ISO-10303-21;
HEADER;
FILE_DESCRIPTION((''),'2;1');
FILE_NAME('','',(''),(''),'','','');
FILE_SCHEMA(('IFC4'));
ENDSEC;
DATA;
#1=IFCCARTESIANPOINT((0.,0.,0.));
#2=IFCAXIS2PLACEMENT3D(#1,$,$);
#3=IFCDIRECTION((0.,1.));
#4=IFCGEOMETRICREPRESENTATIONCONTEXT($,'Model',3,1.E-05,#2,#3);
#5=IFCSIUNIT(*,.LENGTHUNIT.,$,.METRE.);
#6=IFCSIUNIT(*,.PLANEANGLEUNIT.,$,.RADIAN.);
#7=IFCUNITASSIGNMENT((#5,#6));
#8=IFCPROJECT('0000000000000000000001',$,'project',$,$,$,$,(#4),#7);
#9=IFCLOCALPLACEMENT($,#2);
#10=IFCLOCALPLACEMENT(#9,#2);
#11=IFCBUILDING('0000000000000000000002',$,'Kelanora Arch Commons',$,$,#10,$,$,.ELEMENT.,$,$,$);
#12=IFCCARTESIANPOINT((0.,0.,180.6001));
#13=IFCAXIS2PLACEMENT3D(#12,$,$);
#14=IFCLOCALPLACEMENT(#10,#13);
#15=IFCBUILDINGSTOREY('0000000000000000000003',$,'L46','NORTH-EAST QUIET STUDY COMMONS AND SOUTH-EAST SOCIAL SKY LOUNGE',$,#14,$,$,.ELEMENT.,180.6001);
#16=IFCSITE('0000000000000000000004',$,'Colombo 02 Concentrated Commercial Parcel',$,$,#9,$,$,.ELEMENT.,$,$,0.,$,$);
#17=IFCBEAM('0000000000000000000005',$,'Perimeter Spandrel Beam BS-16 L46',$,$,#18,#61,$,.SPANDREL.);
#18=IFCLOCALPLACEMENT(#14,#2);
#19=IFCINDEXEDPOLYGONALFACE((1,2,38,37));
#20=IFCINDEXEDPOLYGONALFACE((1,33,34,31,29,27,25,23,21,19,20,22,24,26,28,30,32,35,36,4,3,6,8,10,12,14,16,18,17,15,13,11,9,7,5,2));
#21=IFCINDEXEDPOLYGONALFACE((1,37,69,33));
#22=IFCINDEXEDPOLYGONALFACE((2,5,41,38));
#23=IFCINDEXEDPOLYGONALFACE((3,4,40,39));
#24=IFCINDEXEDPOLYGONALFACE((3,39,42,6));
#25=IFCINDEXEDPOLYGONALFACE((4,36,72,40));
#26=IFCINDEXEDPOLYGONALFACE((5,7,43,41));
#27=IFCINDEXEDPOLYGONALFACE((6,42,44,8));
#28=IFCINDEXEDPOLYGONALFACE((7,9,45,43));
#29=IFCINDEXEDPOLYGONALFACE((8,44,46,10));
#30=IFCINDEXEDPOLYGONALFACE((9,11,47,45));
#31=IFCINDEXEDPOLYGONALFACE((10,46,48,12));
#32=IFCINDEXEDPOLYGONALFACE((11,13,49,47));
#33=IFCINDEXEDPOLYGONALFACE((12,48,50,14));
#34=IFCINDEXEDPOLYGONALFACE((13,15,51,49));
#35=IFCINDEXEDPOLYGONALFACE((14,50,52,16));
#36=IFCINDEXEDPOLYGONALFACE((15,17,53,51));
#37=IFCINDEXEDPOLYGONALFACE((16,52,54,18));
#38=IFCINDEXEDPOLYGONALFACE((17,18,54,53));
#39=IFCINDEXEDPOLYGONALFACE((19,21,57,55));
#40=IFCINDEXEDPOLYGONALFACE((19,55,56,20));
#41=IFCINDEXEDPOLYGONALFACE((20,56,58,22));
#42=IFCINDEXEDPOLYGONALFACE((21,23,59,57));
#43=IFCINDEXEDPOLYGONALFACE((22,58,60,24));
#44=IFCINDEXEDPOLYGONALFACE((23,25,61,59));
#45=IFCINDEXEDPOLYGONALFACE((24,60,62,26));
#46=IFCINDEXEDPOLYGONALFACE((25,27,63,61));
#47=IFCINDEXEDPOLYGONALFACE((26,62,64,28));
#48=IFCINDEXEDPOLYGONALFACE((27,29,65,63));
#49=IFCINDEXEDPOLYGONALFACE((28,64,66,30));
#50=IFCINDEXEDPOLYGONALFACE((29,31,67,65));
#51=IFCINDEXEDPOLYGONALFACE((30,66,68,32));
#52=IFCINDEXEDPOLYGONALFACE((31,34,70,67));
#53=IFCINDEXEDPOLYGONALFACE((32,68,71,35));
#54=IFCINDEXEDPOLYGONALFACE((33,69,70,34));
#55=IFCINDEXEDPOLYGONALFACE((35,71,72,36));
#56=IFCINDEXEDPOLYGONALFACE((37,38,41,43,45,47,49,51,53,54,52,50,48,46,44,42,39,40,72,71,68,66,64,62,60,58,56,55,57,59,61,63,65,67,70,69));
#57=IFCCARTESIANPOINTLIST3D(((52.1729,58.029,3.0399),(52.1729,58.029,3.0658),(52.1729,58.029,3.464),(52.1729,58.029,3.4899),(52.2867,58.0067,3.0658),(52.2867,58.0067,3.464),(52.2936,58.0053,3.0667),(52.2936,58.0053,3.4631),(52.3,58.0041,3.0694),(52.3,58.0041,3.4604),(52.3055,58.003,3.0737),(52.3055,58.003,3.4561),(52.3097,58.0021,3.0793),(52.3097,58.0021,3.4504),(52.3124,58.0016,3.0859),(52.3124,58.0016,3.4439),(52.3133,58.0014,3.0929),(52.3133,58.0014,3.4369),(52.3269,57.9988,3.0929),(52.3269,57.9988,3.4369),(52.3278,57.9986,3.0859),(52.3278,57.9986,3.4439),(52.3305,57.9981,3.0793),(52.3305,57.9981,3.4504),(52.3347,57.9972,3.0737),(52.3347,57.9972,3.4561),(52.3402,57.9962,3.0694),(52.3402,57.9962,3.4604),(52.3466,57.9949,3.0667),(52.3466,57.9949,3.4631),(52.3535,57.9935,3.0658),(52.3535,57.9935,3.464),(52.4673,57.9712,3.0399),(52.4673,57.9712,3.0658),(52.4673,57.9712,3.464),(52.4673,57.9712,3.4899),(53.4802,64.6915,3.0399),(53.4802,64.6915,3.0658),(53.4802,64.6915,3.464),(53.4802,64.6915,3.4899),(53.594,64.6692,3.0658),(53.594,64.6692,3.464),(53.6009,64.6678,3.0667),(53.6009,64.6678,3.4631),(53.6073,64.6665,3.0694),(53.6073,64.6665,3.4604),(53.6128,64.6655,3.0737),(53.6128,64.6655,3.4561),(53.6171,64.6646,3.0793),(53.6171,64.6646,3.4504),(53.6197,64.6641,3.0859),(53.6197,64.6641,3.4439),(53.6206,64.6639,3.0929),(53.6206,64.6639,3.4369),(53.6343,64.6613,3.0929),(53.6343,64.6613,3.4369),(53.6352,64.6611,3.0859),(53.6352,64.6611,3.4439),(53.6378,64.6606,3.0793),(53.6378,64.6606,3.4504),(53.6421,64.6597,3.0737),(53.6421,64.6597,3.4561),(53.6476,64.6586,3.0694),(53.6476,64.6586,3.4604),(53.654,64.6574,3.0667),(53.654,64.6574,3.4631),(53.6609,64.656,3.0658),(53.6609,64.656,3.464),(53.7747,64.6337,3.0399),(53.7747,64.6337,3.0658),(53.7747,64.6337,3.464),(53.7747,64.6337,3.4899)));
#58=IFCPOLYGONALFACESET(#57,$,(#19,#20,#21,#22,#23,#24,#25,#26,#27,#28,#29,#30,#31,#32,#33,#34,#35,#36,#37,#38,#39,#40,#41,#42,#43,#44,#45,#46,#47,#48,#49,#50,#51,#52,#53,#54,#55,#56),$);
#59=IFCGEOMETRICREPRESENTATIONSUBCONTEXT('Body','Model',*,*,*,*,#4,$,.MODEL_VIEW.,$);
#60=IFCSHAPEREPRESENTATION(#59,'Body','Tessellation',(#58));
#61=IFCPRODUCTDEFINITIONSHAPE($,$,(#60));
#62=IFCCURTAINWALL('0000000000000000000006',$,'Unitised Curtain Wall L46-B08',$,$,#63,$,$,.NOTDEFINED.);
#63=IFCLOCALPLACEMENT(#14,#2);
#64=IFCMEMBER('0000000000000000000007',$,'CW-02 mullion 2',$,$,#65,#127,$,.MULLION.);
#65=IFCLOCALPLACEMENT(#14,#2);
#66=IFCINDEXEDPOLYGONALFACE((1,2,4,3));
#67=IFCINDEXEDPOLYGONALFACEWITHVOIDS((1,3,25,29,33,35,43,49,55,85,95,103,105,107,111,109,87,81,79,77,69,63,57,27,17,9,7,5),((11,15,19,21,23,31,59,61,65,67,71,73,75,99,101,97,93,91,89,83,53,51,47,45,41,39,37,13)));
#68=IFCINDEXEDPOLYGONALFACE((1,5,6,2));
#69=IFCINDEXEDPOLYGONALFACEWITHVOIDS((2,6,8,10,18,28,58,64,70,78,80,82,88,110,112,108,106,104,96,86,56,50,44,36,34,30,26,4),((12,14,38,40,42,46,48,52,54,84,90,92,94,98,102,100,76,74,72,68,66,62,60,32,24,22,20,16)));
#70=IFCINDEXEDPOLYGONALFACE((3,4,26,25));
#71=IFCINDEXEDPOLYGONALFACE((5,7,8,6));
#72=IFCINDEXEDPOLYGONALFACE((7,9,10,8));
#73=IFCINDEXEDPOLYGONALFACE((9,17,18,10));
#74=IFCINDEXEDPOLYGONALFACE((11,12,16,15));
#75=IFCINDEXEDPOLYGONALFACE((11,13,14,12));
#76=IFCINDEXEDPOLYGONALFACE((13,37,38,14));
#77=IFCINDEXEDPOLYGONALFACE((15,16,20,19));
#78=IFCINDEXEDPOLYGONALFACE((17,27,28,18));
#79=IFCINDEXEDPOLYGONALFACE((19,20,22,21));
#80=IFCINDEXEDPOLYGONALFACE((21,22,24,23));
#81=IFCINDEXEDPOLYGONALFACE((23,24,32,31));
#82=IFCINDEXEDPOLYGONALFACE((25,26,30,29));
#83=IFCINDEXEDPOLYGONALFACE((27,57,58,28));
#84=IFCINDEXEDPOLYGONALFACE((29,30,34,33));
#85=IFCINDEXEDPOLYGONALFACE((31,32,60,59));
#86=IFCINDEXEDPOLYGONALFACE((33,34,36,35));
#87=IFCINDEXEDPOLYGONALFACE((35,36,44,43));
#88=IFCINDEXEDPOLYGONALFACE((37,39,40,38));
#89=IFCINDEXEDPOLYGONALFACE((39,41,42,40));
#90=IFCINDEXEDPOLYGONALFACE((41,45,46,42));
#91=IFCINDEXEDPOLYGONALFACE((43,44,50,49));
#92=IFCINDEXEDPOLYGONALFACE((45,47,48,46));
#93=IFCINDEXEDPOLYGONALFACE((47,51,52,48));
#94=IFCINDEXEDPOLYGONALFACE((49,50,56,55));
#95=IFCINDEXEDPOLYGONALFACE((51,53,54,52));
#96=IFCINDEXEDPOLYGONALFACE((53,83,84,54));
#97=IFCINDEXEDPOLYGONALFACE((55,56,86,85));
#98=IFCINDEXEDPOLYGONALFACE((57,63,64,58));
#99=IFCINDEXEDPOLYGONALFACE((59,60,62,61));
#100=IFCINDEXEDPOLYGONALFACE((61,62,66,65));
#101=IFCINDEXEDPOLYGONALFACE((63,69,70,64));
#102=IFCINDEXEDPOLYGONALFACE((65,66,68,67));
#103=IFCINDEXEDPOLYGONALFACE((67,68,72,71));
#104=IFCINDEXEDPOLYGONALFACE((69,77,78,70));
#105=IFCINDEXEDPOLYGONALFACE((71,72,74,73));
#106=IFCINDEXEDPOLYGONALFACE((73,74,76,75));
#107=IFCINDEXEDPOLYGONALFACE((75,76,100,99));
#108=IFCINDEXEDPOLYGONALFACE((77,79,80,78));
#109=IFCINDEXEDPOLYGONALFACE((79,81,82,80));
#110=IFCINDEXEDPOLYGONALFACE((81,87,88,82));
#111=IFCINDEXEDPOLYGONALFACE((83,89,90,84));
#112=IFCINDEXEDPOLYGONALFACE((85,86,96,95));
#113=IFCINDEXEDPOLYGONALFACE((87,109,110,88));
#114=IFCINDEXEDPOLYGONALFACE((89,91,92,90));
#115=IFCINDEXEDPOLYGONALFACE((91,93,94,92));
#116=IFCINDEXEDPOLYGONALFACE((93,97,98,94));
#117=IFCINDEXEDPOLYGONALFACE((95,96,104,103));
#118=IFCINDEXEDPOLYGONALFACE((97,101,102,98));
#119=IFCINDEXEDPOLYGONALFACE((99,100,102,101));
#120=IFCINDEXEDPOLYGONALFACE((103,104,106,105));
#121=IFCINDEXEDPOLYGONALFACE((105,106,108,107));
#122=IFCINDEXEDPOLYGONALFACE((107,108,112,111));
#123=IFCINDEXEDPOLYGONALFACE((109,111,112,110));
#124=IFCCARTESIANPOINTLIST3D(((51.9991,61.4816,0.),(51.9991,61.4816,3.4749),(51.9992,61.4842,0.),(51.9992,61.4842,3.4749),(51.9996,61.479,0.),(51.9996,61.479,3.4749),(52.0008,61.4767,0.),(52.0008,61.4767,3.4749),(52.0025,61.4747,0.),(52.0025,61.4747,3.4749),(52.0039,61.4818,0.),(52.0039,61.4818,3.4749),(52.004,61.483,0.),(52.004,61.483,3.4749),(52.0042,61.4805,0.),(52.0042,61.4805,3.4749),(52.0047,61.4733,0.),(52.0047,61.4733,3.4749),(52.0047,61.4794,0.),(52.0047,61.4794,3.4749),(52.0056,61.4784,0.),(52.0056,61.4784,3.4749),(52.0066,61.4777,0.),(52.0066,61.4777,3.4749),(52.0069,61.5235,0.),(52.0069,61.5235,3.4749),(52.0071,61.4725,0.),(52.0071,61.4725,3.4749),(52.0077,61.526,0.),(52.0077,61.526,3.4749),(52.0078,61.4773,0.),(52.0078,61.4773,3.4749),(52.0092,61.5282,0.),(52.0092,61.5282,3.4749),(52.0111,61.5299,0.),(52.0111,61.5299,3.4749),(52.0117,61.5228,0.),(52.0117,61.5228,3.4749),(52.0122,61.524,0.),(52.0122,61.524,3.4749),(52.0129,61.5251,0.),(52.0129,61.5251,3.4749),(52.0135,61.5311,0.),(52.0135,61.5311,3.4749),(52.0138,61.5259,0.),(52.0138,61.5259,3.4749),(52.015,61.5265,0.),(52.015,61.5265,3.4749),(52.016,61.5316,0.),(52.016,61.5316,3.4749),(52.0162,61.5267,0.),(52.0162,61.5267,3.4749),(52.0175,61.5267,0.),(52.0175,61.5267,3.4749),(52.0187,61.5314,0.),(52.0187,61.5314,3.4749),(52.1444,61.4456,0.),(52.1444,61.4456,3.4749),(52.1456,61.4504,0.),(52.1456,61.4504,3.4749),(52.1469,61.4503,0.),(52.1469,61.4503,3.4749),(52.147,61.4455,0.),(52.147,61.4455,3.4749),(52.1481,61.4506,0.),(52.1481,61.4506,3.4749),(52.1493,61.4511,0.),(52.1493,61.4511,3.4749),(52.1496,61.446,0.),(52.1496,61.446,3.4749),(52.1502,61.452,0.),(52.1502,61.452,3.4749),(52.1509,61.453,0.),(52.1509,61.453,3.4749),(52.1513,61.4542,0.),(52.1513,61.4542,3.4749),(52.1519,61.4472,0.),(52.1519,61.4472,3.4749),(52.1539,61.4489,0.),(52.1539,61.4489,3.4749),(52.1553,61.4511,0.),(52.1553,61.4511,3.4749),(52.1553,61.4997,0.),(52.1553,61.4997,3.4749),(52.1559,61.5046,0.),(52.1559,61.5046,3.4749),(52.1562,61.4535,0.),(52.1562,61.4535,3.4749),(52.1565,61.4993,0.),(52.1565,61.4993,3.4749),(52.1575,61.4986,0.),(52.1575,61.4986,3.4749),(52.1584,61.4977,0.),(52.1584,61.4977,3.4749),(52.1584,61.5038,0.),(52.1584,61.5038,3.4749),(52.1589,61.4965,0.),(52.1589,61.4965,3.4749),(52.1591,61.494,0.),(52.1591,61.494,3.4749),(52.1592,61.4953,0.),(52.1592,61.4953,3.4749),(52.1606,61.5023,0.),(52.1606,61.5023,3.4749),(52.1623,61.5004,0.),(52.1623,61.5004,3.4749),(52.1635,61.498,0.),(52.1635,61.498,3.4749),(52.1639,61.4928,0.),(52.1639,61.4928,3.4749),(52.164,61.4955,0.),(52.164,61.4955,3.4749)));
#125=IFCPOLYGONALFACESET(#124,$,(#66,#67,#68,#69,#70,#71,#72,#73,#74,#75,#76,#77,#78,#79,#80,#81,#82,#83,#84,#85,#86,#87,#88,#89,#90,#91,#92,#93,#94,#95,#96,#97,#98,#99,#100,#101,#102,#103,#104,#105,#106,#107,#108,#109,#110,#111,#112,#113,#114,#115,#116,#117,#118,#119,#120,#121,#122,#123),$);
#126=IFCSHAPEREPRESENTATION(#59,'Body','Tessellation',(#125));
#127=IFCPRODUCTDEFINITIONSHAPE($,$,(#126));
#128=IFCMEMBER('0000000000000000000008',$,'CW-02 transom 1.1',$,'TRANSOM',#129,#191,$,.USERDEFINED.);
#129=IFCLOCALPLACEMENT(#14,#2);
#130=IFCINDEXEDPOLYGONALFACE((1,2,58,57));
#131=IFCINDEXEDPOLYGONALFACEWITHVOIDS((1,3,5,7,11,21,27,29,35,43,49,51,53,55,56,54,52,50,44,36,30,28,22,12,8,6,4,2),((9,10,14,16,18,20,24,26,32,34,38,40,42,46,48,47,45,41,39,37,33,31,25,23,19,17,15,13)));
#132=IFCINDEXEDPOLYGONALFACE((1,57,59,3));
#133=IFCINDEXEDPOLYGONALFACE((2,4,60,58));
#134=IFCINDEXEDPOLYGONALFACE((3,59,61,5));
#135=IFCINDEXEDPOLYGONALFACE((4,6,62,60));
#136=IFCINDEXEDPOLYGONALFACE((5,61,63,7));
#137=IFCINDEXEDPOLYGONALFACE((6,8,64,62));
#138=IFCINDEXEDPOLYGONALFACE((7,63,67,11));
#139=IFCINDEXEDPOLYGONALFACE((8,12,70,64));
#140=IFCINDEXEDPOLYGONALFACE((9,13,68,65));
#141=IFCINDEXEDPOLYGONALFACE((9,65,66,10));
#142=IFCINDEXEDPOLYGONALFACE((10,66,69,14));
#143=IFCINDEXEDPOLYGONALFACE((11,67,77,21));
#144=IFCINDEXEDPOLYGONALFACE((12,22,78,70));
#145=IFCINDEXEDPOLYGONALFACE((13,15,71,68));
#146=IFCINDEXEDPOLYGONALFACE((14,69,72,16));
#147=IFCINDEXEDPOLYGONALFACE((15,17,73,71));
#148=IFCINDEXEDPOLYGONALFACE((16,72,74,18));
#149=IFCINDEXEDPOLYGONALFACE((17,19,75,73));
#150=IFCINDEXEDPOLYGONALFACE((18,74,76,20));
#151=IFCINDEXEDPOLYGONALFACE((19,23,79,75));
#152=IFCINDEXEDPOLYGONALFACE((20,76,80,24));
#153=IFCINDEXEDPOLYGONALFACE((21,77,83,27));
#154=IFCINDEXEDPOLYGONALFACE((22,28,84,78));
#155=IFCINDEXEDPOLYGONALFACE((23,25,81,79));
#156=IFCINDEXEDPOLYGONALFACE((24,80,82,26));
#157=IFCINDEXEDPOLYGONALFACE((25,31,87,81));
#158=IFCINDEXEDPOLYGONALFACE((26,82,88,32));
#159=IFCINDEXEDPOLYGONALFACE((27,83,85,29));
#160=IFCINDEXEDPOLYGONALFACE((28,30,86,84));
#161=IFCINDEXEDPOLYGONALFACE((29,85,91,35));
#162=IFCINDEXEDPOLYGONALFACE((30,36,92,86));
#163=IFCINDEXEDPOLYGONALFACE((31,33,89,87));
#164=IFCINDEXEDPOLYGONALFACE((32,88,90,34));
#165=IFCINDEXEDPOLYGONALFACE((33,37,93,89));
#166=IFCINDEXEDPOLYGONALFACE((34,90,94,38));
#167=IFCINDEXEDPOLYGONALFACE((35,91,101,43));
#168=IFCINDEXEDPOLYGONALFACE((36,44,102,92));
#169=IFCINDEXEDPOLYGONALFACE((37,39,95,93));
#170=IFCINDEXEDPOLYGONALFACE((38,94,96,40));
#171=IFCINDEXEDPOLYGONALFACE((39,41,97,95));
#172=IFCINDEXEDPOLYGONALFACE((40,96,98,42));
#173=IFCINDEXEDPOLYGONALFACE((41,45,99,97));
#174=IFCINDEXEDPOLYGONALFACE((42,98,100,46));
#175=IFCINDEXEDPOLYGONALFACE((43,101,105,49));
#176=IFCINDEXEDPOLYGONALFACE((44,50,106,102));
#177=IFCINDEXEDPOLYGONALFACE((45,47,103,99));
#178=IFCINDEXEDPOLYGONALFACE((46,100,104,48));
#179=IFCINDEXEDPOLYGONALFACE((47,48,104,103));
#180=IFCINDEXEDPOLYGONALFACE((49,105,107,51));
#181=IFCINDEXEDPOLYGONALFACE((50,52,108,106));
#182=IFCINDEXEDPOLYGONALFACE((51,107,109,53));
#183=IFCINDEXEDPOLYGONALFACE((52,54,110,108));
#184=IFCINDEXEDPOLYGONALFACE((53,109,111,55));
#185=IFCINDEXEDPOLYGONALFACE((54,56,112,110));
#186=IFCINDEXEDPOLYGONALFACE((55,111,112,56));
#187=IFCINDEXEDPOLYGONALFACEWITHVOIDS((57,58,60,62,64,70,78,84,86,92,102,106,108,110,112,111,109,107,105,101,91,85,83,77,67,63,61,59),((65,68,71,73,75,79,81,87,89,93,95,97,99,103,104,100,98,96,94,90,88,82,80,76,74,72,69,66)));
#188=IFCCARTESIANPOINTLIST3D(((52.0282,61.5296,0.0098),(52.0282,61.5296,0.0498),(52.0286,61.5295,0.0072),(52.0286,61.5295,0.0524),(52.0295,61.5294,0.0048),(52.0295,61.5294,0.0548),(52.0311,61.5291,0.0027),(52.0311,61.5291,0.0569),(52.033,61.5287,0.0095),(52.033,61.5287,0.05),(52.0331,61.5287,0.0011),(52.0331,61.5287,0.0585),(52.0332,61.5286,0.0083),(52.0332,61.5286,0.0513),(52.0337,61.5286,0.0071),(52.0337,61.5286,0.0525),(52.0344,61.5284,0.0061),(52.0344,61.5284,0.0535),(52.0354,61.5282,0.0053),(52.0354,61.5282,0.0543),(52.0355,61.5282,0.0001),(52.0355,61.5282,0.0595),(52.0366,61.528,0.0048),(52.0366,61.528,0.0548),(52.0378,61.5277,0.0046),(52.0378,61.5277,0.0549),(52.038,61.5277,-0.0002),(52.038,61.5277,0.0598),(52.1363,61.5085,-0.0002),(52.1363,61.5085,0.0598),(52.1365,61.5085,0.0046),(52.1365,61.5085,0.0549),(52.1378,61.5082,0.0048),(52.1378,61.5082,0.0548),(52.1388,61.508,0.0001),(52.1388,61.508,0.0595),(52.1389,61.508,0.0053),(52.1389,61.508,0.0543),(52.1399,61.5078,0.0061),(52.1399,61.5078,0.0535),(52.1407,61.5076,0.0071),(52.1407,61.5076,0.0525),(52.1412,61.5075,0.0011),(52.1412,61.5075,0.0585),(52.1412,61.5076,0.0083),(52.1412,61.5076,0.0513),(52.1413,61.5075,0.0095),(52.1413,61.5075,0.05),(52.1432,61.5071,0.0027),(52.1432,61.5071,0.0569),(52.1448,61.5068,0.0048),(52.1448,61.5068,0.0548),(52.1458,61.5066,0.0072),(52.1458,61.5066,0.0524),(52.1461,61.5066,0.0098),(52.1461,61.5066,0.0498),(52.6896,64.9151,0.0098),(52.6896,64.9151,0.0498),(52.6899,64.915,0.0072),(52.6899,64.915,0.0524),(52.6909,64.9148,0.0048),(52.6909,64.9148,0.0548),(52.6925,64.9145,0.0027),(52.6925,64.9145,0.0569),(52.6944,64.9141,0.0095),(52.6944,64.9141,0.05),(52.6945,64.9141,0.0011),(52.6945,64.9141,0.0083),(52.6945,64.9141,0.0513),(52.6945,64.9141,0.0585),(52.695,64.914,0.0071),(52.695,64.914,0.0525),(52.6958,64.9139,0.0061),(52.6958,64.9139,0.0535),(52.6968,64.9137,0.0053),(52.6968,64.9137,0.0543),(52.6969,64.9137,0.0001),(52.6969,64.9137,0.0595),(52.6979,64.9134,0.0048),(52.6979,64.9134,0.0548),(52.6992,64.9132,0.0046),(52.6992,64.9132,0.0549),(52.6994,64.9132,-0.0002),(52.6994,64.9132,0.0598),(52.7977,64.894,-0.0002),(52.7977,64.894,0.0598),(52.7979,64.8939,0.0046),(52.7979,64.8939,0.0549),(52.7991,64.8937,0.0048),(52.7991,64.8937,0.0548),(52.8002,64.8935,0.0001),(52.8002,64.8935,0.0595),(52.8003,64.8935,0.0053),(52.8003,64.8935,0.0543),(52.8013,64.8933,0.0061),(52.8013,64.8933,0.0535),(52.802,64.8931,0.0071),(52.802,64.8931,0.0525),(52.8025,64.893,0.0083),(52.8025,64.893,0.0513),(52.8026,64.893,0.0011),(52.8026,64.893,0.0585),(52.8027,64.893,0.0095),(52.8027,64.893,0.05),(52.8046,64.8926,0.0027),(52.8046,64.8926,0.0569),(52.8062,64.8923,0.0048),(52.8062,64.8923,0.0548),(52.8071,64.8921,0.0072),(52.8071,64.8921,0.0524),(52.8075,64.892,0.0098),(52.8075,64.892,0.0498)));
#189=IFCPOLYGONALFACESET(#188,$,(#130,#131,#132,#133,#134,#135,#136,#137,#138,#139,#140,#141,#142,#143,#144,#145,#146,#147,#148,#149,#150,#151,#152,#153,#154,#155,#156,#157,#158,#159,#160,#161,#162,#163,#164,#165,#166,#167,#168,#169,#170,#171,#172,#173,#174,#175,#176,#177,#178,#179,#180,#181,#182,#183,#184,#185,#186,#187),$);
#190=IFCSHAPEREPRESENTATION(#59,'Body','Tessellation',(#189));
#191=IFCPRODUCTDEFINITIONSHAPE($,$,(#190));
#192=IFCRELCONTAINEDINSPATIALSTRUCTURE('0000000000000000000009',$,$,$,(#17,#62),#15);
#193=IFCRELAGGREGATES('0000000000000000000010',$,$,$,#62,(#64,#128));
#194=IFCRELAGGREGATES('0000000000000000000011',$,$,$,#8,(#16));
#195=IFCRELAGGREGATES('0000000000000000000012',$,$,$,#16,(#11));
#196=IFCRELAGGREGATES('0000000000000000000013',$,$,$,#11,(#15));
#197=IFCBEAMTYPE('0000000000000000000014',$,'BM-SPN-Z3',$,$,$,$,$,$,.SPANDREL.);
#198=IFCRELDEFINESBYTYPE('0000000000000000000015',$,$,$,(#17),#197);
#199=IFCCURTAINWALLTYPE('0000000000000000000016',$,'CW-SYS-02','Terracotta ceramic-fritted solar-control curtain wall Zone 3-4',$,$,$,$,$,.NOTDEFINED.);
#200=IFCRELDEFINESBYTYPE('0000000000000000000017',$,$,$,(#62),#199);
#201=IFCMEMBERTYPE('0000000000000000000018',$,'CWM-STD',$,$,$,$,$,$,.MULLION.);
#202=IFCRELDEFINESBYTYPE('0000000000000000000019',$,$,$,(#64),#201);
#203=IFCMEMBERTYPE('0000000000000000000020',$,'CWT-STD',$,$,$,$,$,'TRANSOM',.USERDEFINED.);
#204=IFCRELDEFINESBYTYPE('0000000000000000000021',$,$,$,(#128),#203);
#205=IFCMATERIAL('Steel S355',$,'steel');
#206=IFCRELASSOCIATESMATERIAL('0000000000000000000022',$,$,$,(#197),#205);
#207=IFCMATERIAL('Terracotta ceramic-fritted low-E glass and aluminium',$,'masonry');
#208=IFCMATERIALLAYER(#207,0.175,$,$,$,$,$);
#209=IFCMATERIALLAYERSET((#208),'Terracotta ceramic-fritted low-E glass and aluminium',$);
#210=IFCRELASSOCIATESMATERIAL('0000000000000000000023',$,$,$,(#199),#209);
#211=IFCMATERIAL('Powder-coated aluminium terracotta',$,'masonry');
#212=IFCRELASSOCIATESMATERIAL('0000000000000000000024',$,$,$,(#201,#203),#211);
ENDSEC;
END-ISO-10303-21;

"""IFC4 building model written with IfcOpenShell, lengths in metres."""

from ifc_helpers import new_model, si_unit, direction, frame, origin, origin_2d, place, context, subcontext, project, spatial, hollow_rectangle, i_section, extrude, material, layer, layer_set, material_profile, profile_set, type_object, element, aggregate, save


model = new_model("IFC4")

# Units and contexts
model_context = context("Model", 3, precision=1e-05, world=origin(), true_north=direction((0.0, 1.0)))
body_context = subcontext(model_context, "Body", "Model", "MODEL_VIEW")
ifc_project = project(units=[si_unit("LENGTHUNIT", "METRE"), si_unit("PLANEANGLEUNIT", "RADIAN")], contexts=[model_context])

# Site, building, storey
site_placement = place(None, origin())
site = spatial("IfcSite", under=ifc_project, at=site_placement, Name="Colombo 02 Concentrated Commercial Parcel", CompositionType="ELEMENT", RefElevation=0.0)
building_placement = place(site_placement, origin())
building = spatial("IfcBuilding", under=site, at=building_placement, Name="Kelanora Arch Commons", CompositionType="ELEMENT")
storey_placement = place(building_placement, frame((0.0, 0.0, 180.6001)))
storey = spatial("IfcBuildingStorey", under=building, at=storey_placement, Name="L46", Description="NORTH-EAST QUIET STUDY COMMONS AND SOUTH-EAST SOCIAL SKY LOUNGE", CompositionType="ELEMENT", Elevation=180.6001)

# Beam
ifc_material_1 = material(Name="Steel S355", Category="steel")
ifc_material_profile_1 = material_profile(ifc_material_1, i_section(OverallWidth=0.3, OverallDepth=0.45, WebThickness=0.0139, FlangeThickness=0.0259, FilletRadius=0.0271, at=origin_2d()), Name="HEB450")
ifc_profile_set_1 = profile_set([ifc_material_profile_1], Name="Steel S355")
beam_type_1 = type_object("IfcBeamType", Name="BM-SPN-Z3", PredefinedType="SPANDREL", material=ifc_profile_set_1)
beam_1_placement = place(storey_placement, frame((53.6274, 64.6626, 3.2649), z_axis=(-0.192554, -0.981286, 0.0), x_axis=(0.981286, -0.192554, 0.0)))
element("IfcBeam", 1, at=beam_1_placement, inside=storey, type_object=beam_type_1, Name="Perimeter Spandrel Beam BS-16 L46", PredefinedType="SPANDREL", context=body_context, shape_type="SweptSolid", body=[
    extrude(i_section(OverallWidth=0.3, OverallDepth=0.45, WebThickness=0.0139, FlangeThickness=0.0259, FilletRadius=0.0271, at=origin_2d()), origin(), (0.0, 0.0, 1.0), 6.7896),
])

# Curtain wall, members
ifc_material_2 = material(Name="Terracotta ceramic-fritted low-E glass and aluminium", Category="masonry")
ifc_layer_1 = layer(ifc_material_2, 0.175)
ifc_layer_set_1 = layer_set([ifc_layer_1], Name="Terracotta ceramic-fritted low-E glass and aluminium")
curtain_wall_type = type_object("IfcCurtainWallType", Name="CW-SYS-02", Description="Terracotta ceramic-fritted solar-control curtain wall Zone 3-4", PredefinedType="NOTDEFINED", material=ifc_layer_set_1)
curtain_wall_placement = place(storey_placement, origin())
curtain_wall = element("IfcCurtainWall", 2, at=curtain_wall_placement, inside=storey, type_object=curtain_wall_type, Name="Unitised Curtain Wall L46-B08", PredefinedType="NOTDEFINED")
ifc_material_3 = material(Name="Powder-coated aluminium terracotta", Category="masonry")
ifc_material_profile_2 = material_profile(ifc_material_3, hollow_rectangle(XDim=0.1599, YDim=0.0601, WallThickness=0.0049, InnerFilletRadius=0.0049, OuterFilletRadius=0.01, at=origin_2d()), Name="CWM160x60")
ifc_profile_set_2 = profile_set([ifc_material_profile_2], Name="Powder-coated aluminium terracotta")
member_type_1 = type_object("IfcMemberType", Name="CWM-STD", PredefinedType="MULLION", material=ifc_profile_set_2)
member_1_placement = place(storey_placement, frame((52.0815, 61.4885, 0.0), z_axis=(0.0, 0.0, 1.0), x_axis=(0.981453, -0.191705, 0.0)))
member_1 = element("IfcMember", 3, at=member_1_placement, type_object=member_type_1, Name="CW-02 mullion 2", PredefinedType="MULLION", context=body_context, shape_type="SweptSolid", body=[
    extrude(hollow_rectangle(XDim=0.1599, YDim=0.0601, WallThickness=0.0049, InnerFilletRadius=0.0049, OuterFilletRadius=0.01, at=origin_2d()), origin(), (0.0, 0.0, 1.0), 3.4749),
])
ifc_material_profile_3 = material_profile(ifc_material_3, hollow_rectangle(XDim=0.1201, YDim=0.0601, WallThickness=0.0049, InnerFilletRadius=0.0049, OuterFilletRadius=0.01, at=origin_2d()), Name="CWT120x60")
ifc_profile_set_3 = profile_set([ifc_material_profile_3], Name="Powder-coated aluminium terracotta")
member_type_2 = type_object("IfcMemberType", Name="CWT-STD", ElementType="TRANSOM", PredefinedType="USERDEFINED", material=ifc_profile_set_3)
member_2_placement = place(storey_placement, frame((52.7485, 64.9036, 0.0298), z_axis=(-0.191732, -0.981447, 0.0), x_axis=(0.981447, -0.191732, 0.0)))
member_2 = element("IfcMember", 4, at=member_2_placement, type_object=member_type_2, Name="CW-02 transom 1.1", ObjectType="TRANSOM", PredefinedType="USERDEFINED", context=body_context, shape_type="SweptSolid", body=[
    extrude(hollow_rectangle(XDim=0.1201, YDim=0.0601, WallThickness=0.0049, InnerFilletRadius=0.0049, OuterFilletRadius=0.01, at=origin_2d()), origin(), (0.0, 0.0, 1.0), 3.4495),
])
aggregate(curtain_wall, [member_1, member_2])

save(model, "model.ifc")
